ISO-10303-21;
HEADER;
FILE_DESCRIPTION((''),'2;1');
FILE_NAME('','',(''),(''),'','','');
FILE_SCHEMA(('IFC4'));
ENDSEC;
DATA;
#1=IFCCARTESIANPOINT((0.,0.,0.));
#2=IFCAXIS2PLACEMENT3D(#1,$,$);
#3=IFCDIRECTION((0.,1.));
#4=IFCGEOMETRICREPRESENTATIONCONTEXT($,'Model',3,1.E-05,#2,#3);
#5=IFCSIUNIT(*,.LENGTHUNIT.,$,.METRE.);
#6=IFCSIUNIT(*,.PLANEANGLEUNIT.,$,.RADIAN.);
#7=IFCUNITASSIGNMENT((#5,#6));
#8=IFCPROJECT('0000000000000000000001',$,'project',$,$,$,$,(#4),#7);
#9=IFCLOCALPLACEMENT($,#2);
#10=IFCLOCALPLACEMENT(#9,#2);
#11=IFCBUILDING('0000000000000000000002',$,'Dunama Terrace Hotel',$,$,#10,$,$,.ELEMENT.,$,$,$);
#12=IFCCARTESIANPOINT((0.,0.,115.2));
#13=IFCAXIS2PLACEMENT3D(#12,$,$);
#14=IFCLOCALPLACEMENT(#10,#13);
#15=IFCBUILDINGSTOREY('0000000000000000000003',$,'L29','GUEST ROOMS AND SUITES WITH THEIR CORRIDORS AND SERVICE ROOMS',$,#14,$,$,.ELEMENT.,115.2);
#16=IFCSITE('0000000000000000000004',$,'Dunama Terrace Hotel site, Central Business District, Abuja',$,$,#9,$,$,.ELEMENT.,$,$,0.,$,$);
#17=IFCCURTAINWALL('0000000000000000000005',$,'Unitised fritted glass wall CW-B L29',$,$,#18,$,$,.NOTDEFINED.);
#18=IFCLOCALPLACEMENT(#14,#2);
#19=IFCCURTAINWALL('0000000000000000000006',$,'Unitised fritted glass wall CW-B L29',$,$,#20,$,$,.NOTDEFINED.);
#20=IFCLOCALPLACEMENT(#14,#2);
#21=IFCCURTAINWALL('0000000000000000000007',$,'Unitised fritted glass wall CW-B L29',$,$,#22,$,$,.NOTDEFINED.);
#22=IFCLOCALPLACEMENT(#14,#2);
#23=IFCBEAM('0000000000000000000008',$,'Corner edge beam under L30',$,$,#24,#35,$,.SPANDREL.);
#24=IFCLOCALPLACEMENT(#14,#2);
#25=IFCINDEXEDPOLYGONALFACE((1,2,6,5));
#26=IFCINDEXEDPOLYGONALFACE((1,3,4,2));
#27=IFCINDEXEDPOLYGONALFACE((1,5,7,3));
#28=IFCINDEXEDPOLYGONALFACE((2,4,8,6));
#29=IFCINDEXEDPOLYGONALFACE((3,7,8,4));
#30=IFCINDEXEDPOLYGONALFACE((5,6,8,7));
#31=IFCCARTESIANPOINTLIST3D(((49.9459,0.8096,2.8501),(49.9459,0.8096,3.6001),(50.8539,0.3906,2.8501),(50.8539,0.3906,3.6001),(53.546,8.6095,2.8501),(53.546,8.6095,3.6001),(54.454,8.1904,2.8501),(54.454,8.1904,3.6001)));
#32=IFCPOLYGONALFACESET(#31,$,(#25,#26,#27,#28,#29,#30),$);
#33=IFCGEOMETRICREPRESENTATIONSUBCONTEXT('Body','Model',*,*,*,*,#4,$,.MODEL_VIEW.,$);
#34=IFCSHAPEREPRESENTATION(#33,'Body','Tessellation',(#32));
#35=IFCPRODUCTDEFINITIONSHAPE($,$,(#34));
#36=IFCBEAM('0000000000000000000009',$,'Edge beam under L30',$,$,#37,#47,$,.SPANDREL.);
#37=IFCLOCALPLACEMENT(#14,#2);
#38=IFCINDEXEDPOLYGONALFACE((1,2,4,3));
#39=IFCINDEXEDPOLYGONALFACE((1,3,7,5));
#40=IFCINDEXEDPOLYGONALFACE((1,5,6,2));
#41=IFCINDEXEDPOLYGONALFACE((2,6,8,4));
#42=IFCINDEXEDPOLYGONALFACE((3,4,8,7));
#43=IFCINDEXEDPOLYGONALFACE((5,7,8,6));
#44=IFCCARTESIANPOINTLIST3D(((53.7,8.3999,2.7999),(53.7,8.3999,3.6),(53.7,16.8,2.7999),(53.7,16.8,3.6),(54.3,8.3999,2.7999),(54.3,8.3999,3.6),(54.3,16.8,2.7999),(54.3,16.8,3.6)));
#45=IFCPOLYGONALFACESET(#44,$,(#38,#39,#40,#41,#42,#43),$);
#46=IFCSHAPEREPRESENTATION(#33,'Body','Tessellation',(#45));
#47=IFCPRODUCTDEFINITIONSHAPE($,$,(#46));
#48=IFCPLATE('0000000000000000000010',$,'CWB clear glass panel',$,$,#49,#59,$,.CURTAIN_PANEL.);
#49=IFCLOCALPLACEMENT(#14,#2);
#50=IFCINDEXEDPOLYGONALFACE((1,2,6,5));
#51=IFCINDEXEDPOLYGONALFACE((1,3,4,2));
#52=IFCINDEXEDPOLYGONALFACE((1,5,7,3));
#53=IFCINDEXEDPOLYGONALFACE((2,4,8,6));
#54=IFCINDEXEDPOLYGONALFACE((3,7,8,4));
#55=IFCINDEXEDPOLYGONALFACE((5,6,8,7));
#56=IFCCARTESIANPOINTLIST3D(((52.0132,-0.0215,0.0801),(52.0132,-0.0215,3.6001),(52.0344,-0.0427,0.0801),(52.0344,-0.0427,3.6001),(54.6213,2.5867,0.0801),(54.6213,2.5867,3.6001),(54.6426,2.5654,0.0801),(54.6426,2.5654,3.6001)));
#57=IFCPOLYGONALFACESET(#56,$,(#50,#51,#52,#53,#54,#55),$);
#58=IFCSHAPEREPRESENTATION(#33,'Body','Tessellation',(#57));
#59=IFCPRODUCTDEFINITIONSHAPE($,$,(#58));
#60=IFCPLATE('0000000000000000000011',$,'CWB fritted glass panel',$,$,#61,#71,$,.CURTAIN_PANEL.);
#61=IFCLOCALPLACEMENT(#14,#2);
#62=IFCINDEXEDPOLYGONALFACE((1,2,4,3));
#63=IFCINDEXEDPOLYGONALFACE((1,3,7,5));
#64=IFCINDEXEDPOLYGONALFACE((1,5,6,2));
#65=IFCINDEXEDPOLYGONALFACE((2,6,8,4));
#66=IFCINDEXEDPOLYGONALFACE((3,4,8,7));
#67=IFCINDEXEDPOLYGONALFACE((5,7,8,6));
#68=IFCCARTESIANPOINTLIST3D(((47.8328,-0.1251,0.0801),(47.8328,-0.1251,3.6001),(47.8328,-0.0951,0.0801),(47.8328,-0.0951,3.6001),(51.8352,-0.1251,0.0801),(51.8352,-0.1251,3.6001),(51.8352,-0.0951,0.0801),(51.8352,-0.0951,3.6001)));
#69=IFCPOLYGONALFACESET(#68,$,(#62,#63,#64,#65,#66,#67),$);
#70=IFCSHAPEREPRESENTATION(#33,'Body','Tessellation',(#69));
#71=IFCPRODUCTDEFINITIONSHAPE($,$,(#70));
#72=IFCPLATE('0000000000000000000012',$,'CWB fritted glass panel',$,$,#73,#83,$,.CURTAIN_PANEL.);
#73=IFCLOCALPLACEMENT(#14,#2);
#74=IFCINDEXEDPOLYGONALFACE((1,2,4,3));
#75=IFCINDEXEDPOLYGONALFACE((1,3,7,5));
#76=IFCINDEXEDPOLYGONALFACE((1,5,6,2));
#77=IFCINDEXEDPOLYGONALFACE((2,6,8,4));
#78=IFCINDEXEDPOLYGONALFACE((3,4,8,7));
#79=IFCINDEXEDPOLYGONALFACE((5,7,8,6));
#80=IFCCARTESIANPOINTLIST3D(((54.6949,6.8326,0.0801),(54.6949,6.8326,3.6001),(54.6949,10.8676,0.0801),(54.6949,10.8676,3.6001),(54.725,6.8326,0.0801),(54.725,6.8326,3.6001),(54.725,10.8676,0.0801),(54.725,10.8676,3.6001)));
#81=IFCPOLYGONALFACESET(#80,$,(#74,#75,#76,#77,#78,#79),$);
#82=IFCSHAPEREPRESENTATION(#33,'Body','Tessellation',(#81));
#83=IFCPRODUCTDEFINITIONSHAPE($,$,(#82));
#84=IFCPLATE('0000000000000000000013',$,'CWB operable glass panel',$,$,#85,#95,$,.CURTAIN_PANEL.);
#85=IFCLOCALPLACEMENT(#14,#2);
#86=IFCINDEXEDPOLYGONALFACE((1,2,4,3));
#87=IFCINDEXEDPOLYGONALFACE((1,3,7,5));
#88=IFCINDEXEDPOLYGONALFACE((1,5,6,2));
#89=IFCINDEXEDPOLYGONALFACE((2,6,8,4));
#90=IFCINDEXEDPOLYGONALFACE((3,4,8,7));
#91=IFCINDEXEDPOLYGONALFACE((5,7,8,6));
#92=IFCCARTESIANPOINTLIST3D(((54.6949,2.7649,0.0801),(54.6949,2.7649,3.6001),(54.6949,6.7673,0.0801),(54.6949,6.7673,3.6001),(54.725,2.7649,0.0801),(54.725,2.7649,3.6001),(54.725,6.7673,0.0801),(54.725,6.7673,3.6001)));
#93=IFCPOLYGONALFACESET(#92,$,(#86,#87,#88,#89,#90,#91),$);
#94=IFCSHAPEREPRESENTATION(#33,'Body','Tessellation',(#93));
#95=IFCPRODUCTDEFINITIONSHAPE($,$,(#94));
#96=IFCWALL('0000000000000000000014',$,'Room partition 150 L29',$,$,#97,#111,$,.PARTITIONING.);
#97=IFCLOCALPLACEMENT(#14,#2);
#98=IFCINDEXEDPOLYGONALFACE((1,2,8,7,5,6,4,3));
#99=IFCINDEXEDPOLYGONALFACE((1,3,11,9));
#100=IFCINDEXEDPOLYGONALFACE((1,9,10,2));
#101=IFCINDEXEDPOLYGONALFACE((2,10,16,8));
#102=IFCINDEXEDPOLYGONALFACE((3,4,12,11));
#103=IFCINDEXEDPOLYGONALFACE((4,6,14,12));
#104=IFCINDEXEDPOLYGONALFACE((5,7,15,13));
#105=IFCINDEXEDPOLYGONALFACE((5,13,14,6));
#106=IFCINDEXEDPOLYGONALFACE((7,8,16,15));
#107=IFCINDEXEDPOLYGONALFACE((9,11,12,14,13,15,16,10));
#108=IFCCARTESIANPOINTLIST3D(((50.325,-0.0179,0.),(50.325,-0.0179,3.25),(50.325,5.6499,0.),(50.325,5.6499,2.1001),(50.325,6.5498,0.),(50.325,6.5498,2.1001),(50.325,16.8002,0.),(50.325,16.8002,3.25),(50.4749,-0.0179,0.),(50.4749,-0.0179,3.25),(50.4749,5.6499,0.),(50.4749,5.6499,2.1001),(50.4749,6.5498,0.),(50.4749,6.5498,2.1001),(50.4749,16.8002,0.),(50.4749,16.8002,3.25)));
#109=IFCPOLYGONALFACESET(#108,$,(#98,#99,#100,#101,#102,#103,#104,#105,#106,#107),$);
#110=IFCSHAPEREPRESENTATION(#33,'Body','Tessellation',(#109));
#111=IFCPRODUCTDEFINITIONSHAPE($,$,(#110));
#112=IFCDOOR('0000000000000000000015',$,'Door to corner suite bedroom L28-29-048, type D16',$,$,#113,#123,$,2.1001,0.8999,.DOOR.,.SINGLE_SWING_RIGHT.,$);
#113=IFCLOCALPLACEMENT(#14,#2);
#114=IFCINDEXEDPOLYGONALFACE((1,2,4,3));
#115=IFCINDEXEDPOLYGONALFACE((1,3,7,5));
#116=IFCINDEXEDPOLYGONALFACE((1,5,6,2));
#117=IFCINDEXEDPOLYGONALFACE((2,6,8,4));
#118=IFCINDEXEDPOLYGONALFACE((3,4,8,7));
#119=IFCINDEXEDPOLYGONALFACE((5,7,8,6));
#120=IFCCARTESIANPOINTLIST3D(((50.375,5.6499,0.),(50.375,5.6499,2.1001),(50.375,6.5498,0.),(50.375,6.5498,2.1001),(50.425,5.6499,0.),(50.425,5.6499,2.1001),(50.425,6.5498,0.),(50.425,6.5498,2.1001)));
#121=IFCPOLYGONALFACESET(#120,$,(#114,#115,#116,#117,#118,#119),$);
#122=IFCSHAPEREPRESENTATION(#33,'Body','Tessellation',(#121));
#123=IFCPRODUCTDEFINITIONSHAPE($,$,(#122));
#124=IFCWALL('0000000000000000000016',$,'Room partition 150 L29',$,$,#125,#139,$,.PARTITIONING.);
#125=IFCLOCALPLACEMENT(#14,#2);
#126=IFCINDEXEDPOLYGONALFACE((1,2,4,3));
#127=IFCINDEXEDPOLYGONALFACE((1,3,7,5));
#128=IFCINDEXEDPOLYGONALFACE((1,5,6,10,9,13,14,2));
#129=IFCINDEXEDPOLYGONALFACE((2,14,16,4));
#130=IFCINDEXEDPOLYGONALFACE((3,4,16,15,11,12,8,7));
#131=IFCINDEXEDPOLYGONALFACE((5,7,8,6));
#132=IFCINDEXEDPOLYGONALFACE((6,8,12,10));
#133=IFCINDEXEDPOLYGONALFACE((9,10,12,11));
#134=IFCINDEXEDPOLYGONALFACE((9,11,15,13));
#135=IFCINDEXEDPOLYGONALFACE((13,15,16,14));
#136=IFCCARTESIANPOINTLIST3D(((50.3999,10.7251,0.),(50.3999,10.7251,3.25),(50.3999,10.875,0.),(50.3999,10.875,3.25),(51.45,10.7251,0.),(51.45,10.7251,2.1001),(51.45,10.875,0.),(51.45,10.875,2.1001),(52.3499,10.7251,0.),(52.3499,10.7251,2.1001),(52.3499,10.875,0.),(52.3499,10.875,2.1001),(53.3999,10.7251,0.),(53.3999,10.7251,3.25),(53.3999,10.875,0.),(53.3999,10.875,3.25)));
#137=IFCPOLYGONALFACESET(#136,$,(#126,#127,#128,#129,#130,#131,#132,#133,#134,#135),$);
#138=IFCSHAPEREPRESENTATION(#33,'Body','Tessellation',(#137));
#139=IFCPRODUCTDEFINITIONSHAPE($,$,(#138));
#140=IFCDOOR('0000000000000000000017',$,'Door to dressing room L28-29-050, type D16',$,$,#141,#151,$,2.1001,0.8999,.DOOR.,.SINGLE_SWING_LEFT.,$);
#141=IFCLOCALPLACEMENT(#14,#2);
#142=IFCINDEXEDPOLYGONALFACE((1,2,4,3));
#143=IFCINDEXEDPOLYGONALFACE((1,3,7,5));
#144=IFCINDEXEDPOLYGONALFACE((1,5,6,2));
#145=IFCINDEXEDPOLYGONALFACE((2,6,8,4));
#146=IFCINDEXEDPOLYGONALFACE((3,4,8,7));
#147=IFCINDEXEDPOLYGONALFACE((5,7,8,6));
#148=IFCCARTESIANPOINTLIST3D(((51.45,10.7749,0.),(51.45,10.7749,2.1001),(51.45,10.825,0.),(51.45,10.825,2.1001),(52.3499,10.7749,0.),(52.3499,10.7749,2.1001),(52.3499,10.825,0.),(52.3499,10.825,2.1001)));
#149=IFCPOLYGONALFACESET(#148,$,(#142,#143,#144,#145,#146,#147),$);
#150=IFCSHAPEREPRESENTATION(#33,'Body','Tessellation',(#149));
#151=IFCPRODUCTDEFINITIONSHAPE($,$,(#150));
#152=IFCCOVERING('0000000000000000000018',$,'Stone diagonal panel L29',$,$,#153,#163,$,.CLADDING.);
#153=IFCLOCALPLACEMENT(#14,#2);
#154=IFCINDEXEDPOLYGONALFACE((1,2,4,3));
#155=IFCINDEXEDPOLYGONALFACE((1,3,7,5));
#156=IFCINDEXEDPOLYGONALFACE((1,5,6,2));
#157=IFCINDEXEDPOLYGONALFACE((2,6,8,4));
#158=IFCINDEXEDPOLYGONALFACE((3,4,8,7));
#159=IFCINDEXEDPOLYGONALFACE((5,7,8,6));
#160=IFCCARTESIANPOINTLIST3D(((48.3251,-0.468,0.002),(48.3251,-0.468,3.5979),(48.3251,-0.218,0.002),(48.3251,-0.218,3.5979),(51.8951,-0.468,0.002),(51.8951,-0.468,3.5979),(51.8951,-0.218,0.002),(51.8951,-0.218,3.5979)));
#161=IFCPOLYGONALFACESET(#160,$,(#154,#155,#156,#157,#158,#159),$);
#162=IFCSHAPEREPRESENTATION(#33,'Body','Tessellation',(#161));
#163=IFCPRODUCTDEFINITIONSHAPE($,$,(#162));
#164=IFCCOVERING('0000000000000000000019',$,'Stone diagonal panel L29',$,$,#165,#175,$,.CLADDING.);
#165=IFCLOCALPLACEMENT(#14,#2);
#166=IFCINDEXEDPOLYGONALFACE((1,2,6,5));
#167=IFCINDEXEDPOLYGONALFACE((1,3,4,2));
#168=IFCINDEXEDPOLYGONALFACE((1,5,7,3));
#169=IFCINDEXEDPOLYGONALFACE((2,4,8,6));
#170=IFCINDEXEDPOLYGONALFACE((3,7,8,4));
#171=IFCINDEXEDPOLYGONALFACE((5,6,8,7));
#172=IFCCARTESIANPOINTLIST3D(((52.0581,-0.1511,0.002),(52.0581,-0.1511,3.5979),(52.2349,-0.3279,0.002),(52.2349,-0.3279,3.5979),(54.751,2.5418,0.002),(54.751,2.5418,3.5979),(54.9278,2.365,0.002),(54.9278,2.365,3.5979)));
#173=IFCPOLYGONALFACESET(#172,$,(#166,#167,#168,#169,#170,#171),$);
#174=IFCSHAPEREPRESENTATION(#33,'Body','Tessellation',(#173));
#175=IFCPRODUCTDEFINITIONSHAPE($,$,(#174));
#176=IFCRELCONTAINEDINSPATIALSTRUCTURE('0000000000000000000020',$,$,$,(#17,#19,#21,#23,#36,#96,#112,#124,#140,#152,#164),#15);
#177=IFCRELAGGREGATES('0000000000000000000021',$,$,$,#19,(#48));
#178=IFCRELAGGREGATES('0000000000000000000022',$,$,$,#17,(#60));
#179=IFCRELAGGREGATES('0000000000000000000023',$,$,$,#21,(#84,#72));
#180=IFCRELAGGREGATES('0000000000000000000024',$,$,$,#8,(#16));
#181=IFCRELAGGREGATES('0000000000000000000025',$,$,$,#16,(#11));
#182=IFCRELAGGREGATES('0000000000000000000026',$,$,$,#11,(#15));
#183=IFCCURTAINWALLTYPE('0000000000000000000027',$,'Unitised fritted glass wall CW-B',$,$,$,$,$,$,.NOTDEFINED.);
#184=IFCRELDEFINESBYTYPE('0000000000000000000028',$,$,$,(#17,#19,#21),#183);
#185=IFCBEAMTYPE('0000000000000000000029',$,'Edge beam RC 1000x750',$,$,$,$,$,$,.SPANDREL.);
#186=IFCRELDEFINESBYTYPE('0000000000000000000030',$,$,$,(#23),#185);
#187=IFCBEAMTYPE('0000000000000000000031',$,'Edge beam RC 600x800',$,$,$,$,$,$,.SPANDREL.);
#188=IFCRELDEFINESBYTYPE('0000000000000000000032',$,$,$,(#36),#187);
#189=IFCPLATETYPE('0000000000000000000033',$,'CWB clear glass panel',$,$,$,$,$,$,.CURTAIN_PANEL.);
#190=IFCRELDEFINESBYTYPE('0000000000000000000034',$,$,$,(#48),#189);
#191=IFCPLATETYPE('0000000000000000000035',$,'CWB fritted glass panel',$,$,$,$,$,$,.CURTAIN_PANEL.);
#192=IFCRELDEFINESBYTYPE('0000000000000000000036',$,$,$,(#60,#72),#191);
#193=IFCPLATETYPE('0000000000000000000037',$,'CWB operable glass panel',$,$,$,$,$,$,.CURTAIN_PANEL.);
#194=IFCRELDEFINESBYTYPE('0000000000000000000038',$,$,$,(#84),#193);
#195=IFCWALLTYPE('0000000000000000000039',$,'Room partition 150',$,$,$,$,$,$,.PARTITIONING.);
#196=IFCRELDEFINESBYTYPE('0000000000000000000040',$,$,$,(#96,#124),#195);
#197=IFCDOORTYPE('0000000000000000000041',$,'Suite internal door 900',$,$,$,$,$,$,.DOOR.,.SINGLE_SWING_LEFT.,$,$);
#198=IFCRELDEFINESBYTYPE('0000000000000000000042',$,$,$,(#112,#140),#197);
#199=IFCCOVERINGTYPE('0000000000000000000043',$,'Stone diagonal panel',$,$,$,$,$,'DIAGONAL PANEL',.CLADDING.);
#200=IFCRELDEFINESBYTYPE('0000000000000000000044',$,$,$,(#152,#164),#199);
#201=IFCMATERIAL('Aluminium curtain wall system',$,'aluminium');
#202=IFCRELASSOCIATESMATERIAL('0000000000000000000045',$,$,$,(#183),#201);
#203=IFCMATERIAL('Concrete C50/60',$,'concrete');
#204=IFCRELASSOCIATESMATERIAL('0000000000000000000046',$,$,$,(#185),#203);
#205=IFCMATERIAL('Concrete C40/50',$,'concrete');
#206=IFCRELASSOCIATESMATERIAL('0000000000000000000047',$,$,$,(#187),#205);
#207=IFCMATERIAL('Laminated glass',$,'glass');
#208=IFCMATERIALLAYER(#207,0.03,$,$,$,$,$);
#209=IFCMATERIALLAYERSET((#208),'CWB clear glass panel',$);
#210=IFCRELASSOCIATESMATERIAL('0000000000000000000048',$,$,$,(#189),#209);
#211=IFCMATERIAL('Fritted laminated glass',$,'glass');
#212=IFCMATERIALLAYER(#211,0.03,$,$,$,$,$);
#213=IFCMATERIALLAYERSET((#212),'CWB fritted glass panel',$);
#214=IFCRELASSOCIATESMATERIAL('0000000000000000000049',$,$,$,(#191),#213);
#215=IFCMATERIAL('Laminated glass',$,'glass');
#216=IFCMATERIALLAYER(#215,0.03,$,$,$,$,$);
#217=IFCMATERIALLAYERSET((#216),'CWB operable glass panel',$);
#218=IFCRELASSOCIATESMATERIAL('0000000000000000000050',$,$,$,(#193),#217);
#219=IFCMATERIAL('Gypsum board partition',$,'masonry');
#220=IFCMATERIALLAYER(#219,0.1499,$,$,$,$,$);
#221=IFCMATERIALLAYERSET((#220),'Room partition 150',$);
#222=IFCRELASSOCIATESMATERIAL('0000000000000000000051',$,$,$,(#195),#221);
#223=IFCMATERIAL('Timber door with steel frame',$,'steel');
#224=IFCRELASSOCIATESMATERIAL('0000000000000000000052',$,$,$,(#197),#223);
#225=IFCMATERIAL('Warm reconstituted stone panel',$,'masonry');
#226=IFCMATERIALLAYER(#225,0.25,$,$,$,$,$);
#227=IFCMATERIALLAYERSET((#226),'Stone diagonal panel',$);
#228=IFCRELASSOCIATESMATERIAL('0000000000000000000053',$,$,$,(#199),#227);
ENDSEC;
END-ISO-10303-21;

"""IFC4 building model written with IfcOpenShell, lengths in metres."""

from ifc_helpers import new_model, si_unit, direction, frame, frame_2d, origin, origin_2d, place, context, subcontext, project, spatial, rectangle, extrude, material, layer, layer_set, material_profile, profile_set, type_object, element, fill, aggregate, save


model = new_model("IFC4")

# Units and contexts
model_context = context("Model", 3, precision=1e-05, world=origin(), true_north=direction((0.0, 1.0)))
body_context = subcontext(model_context, "Body", "Model", "MODEL_VIEW")
ifc_project = project(units=[si_unit("LENGTHUNIT", "METRE"), si_unit("PLANEANGLEUNIT", "RADIAN")], contexts=[model_context])

# Site, building, storey
site_placement = place(None, origin())
site = spatial("IfcSite", under=ifc_project, at=site_placement, Name="Dunama Terrace Hotel site, Central Business District, Abuja", CompositionType="ELEMENT", RefElevation=0.0)
building_placement = place(site_placement, origin())
building = spatial("IfcBuilding", under=site, at=building_placement, Name="Dunama Terrace Hotel", CompositionType="ELEMENT")
storey_placement = place(building_placement, frame((0.0, 0.0, 115.2)))
storey = spatial("IfcBuildingStorey", under=building, at=storey_placement, Name="L29", Description="GUEST ROOMS AND SUITES WITH THEIR CORRIDORS AND SERVICE ROOMS", CompositionType="ELEMENT", Elevation=115.2)

# Curtain walls
ifc_material_1 = material(Name="Aluminium curtain wall system", Category="aluminium")
curtain_wall_type = type_object("IfcCurtainWallType", Name="Unitised fritted glass wall CW-B", PredefinedType="NOTDEFINED", material=ifc_material_1)
curtain_wall_1_placement = place(storey_placement, origin())
curtain_wall_1 = element("IfcCurtainWall", 1, at=curtain_wall_1_placement, inside=storey, type_object=curtain_wall_type, Name="Unitised fritted glass wall CW-B L29", PredefinedType="NOTDEFINED")
curtain_wall_2_placement = place(storey_placement, origin())
curtain_wall_2 = element("IfcCurtainWall", 2, at=curtain_wall_2_placement, inside=storey, type_object=curtain_wall_type, Name="Unitised fritted glass wall CW-B L29", PredefinedType="NOTDEFINED")
curtain_wall_3_placement = place(storey_placement, origin())
curtain_wall_3 = element("IfcCurtainWall", 3, at=curtain_wall_3_placement, inside=storey, type_object=curtain_wall_type, Name="Unitised fritted glass wall CW-B L29", PredefinedType="NOTDEFINED")

# Beams
ifc_material_2 = material(Name="Concrete C50/60", Category="concrete")
ifc_material_profile_1 = material_profile(ifc_material_2, rectangle(XDim=1.0, YDim=0.75, at=origin_2d()), Name="RC 1000x750")
ifc_profile_set_1 = profile_set([ifc_material_profile_1], Name="Concrete C50/60")
beam_type_1 = type_object("IfcBeamType", Name="Edge beam RC 1000x750", PredefinedType="SPANDREL", material=ifc_profile_set_1)
beam_1_placement = place(storey_placement, frame((50.3999, 0.6001, 3.2251), z_axis=(0.419076, 0.907951, 0.0), x_axis=(-0.907951, 0.419076, 0.0)))
element("IfcBeam", 4, at=beam_1_placement, inside=storey, type_object=beam_type_1, Name="Corner edge beam under L30", PredefinedType="SPANDREL", context=body_context, shape_type="SweptSolid", body=[
    extrude(rectangle(XDim=1.0, YDim=0.75, at=origin_2d()), origin(), (0.0, 0.0, 1.0), 8.5906),
])
ifc_material_3 = material(Name="Concrete C40/50", Category="concrete")
ifc_material_profile_2 = material_profile(ifc_material_3, rectangle(XDim=0.6001, YDim=0.8, at=origin_2d()), Name="RC 600x800")
ifc_profile_set_2 = profile_set([ifc_material_profile_2], Name="Concrete C40/50")
beam_type_2 = type_object("IfcBeamType", Name="Edge beam RC 600x800", PredefinedType="SPANDREL", material=ifc_profile_set_2)
beam_2_placement = place(storey_placement, frame((54.0, 8.3999, 3.2), z_axis=(0.0, 1.0, 0.0), x_axis=(-1.0, 0.0, 0.0)))
element("IfcBeam", 5, at=beam_2_placement, inside=storey, type_object=beam_type_2, Name="Edge beam under L30", PredefinedType="SPANDREL", context=body_context, shape_type="SweptSolid", body=[
    extrude(rectangle(XDim=0.6001, YDim=0.8, at=origin_2d()), origin(), (0.0, 0.0, 1.0), 8.4001),
])

# Plates
ifc_material_4 = material(Name="Laminated glass", Category="glass")
ifc_layer_1 = layer(ifc_material_4, 0.03)
ifc_layer_set_1 = layer_set([ifc_layer_1], Name="CWB clear glass panel")
plate_type_1 = type_object("IfcPlateType", Name="CWB clear glass panel", PredefinedType="CURTAIN_PANEL", material=ifc_layer_set_1)
plate_1_placement = place(storey_placement, frame((53.3279, 1.272, 0.0801), z_axis=(0.0, 0.0, 1.0), x_axis=(0.707107, 0.707107, 0.0)))
plate_1 = element("IfcPlate", 6, at=plate_1_placement, type_object=plate_type_1, Name="CWB clear glass panel", PredefinedType="CURTAIN_PANEL", context=body_context, shape_type="SweptSolid", body=[
    extrude(rectangle(XDim=3.6885, YDim=0.03, at=origin_2d()), origin(), (0.0, 0.0, 1.0), 3.52),
])
aggregate(curtain_wall_2, [plate_1])
ifc_material_5 = material(Name="Fritted laminated glass", Category="glass")
ifc_layer_2 = layer(ifc_material_5, 0.03)
ifc_layer_set_2 = layer_set([ifc_layer_2], Name="CWB fritted glass panel")
plate_type_2 = type_object("IfcPlateType", Name="CWB fritted glass panel", PredefinedType="CURTAIN_PANEL", material=ifc_layer_set_2)
plate_2_placement = place(storey_placement, frame((49.834, -0.1101, 0.0801), z_axis=(0.0, 0.0, 1.0), x_axis=(1.0, 0.0, 0.0)))
plate_2 = element("IfcPlate", 7, at=plate_2_placement, type_object=plate_type_2, Name="CWB fritted glass panel", PredefinedType="CURTAIN_PANEL", context=body_context, shape_type="SweptSolid", body=[
    extrude(rectangle(XDim=4.0024, YDim=0.03, at=origin_2d()), origin(), (0.0, 0.0, 1.0), 3.52),
])
aggregate(curtain_wall_1, [plate_2])
plate_3_placement = place(storey_placement, frame((54.71, 8.8501, 0.0801), z_axis=(0.0, 0.0, 1.0), x_axis=(0.0, 1.0, 0.0)))
plate_3 = element("IfcPlate", 8, at=plate_3_placement, type_object=plate_type_2, Name="CWB fritted glass panel", PredefinedType="CURTAIN_PANEL", context=body_context, shape_type="SweptSolid", body=[
    extrude(rectangle(XDim=4.0349, YDim=0.03, at=origin_2d()), origin(), (0.0, 0.0, 1.0), 3.52),
])
ifc_material_6 = material(Name="Laminated glass", Category="glass")
ifc_layer_3 = layer(ifc_material_6, 0.03)
ifc_layer_set_3 = layer_set([ifc_layer_3], Name="CWB operable glass panel")
plate_type_3 = type_object("IfcPlateType", Name="CWB operable glass panel", PredefinedType="CURTAIN_PANEL", material=ifc_layer_set_3)
plate_4_placement = place(storey_placement, frame((54.71, 4.7661, 0.0801), z_axis=(0.0, 0.0, 1.0), x_axis=(0.0, 1.0, 0.0)))
plate_4 = element("IfcPlate", 9, at=plate_4_placement, type_object=plate_type_3, Name="CWB operable glass panel", PredefinedType="CURTAIN_PANEL", context=body_context, shape_type="SweptSolid", body=[
    extrude(rectangle(XDim=4.0024, YDim=0.03, at=origin_2d()), origin(), (0.0, 0.0, 1.0), 3.52),
])
aggregate(curtain_wall_3, [plate_4, plate_3])

# Walls, openings, doors
ifc_material_7 = material(Name="Gypsum board partition", Category="masonry")
ifc_layer_4 = layer(ifc_material_7, 0.1499)
ifc_layer_set_4 = layer_set([ifc_layer_4], Name="Room partition 150")
wall_type = type_object("IfcWallType", Name="Room partition 150", PredefinedType="PARTITIONING", material=ifc_layer_set_4)
wall_1_placement = place(storey_placement, frame((50.3999, -0.0181, 0.0), z_axis=(0.0, 0.0, 1.0), x_axis=(0.0, 1.0, 0.0)))
wall_1 = element("IfcWall", 10, at=wall_1_placement, inside=storey, type_object=wall_type, Name="Room partition 150 L29", PredefinedType="PARTITIONING", context=body_context, shape_type="SweptSolid", body=[
    extrude(rectangle(XDim=16.8181, YDim=0.1499, at=frame_2d((8.4092, 0.0))), origin(), (0.0, 0.0, 1.0), 3.25),
])
opening_1_placement = place(wall_1_placement, frame((5.668, 0.0, 0.0)))
opening_1 = element("IfcOpeningElement", 11, at=opening_1_placement, cuts=wall_1, PredefinedType="OPENING", context=body_context, shape_type="SweptSolid", body=[
    extrude(rectangle(XDim=0.8999, YDim=2.1001, at=frame_2d((0.45, 1.05))), frame((0.0, 0.085, 0.0), z_axis=(0.0, -1.0, 0.0), x_axis=(1.0, 0.0, 0.0)), (0.0, 0.0, 1.0), 0.1699),
])
ifc_material_8 = material(Name="Timber door with steel frame", Category="steel")
door_type = type_object("IfcDoorType", Name="Suite internal door 900", OperationType="SINGLE_SWING_LEFT", PredefinedType="DOOR", material=ifc_material_8)
door_1_placement = place(opening_1_placement, frame((0.8999, 0.0, 0.0), z_axis=(0.0, 0.0, 1.0), x_axis=(-1.0, 0.0, 0.0)))
door_1 = element("IfcDoor", 12, at=door_1_placement, inside=storey, type_object=door_type, Name="Door to corner suite bedroom L28-29-048, type D16", OperationType="SINGLE_SWING_RIGHT", OverallHeight=2.1001, OverallWidth=0.8999, PredefinedType="DOOR", context=body_context, shape_type="SweptSolid", body=[
    extrude(rectangle(XDim=0.8999, YDim=2.1001, at=frame_2d((0.45, 1.05))), frame((0.0, 0.0251, 0.0), z_axis=(0.0, -1.0, 0.0), x_axis=(1.0, 0.0, 0.0)), (0.0, 0.0, 1.0), 0.05),
])
fill(opening_1, door_1)
wall_2_placement = place(storey_placement, frame((50.3999, 10.8, 0.0), z_axis=(0.0, 0.0, 1.0), x_axis=(1.0, 0.0, 0.0)))
wall_2 = element("IfcWall", 13, at=wall_2_placement, inside=storey, type_object=wall_type, Name="Room partition 150 L29", PredefinedType="PARTITIONING", context=body_context, shape_type="SweptSolid", body=[
    extrude(rectangle(XDim=3.0, YDim=0.1499, at=frame_2d((1.5, 0.0))), origin(), (0.0, 0.0, 1.0), 3.25),
])
opening_2_placement = place(wall_2_placement, frame((1.05, 0.0, 0.0)))
opening_2 = element("IfcOpeningElement", 14, at=opening_2_placement, cuts=wall_2, PredefinedType="OPENING", context=body_context, shape_type="SweptSolid", body=[
    extrude(rectangle(XDim=0.8999, YDim=2.1001, at=frame_2d((0.45, 1.05))), frame((0.0, 0.085, 0.0), z_axis=(0.0, -1.0, 0.0), x_axis=(1.0, 0.0, 0.0)), (0.0, 0.0, 1.0), 0.1699),
])
door_2_placement = place(opening_2_placement, origin())
door_2 = element("IfcDoor", 15, at=door_2_placement, inside=storey, type_object=door_type, Name="Door to dressing room L28-29-050, type D16", OperationType="SINGLE_SWING_LEFT", OverallHeight=2.1001, OverallWidth=0.8999, PredefinedType="DOOR", context=body_context, shape_type="SweptSolid", body=[
    extrude(rectangle(XDim=0.8999, YDim=2.1001, at=frame_2d((0.45, 1.05))), frame((0.0, 0.0249, 0.0), z_axis=(0.0, -1.0, 0.0), x_axis=(1.0, 0.0, 0.0)), (0.0, 0.0, 1.0), 0.05),
])
fill(opening_2, door_2)

# Coverings
ifc_material_9 = material(Name="Warm reconstituted stone panel", Category="masonry")
ifc_layer_5 = layer(ifc_material_9, 0.25)
ifc_layer_set_5 = layer_set([ifc_layer_5], Name="Stone diagonal panel")
covering_type = type_object("IfcCoveringType", Name="Stone diagonal panel", ElementType="DIAGONAL PANEL", PredefinedType="CLADDING", material=ifc_layer_set_5)
covering_1_placement = place(storey_placement, frame((50.1101, -0.343, 0.002), z_axis=(0.0, 0.0, 1.0), x_axis=(1.0, 0.0, 0.0)))
element("IfcCovering", 16, at=covering_1_placement, inside=storey, type_object=covering_type, Name="Stone diagonal panel L29", PredefinedType="CLADDING", context=body_context, shape_type="SweptSolid", body=[
    extrude(rectangle(XDim=3.5701, YDim=0.25, at=origin_2d()), origin(), (0.0, 0.0, 1.0), 3.5959),
])
covering_2_placement = place(storey_placement, frame((53.4929, 1.1069, 0.002), z_axis=(0.0, 0.0, 1.0), x_axis=(0.707107, 0.707107, 0.0)))
element("IfcCovering", 17, at=covering_2_placement, inside=storey, type_object=covering_type, Name="Stone diagonal panel L29", PredefinedType="CLADDING", context=body_context, shape_type="SweptSolid", body=[
    extrude(rectangle(XDim=3.8083, YDim=0.25, at=origin_2d()), origin(), (0.0, 0.0, 1.0), 3.5959),
])

save(model, "model.ifc")
